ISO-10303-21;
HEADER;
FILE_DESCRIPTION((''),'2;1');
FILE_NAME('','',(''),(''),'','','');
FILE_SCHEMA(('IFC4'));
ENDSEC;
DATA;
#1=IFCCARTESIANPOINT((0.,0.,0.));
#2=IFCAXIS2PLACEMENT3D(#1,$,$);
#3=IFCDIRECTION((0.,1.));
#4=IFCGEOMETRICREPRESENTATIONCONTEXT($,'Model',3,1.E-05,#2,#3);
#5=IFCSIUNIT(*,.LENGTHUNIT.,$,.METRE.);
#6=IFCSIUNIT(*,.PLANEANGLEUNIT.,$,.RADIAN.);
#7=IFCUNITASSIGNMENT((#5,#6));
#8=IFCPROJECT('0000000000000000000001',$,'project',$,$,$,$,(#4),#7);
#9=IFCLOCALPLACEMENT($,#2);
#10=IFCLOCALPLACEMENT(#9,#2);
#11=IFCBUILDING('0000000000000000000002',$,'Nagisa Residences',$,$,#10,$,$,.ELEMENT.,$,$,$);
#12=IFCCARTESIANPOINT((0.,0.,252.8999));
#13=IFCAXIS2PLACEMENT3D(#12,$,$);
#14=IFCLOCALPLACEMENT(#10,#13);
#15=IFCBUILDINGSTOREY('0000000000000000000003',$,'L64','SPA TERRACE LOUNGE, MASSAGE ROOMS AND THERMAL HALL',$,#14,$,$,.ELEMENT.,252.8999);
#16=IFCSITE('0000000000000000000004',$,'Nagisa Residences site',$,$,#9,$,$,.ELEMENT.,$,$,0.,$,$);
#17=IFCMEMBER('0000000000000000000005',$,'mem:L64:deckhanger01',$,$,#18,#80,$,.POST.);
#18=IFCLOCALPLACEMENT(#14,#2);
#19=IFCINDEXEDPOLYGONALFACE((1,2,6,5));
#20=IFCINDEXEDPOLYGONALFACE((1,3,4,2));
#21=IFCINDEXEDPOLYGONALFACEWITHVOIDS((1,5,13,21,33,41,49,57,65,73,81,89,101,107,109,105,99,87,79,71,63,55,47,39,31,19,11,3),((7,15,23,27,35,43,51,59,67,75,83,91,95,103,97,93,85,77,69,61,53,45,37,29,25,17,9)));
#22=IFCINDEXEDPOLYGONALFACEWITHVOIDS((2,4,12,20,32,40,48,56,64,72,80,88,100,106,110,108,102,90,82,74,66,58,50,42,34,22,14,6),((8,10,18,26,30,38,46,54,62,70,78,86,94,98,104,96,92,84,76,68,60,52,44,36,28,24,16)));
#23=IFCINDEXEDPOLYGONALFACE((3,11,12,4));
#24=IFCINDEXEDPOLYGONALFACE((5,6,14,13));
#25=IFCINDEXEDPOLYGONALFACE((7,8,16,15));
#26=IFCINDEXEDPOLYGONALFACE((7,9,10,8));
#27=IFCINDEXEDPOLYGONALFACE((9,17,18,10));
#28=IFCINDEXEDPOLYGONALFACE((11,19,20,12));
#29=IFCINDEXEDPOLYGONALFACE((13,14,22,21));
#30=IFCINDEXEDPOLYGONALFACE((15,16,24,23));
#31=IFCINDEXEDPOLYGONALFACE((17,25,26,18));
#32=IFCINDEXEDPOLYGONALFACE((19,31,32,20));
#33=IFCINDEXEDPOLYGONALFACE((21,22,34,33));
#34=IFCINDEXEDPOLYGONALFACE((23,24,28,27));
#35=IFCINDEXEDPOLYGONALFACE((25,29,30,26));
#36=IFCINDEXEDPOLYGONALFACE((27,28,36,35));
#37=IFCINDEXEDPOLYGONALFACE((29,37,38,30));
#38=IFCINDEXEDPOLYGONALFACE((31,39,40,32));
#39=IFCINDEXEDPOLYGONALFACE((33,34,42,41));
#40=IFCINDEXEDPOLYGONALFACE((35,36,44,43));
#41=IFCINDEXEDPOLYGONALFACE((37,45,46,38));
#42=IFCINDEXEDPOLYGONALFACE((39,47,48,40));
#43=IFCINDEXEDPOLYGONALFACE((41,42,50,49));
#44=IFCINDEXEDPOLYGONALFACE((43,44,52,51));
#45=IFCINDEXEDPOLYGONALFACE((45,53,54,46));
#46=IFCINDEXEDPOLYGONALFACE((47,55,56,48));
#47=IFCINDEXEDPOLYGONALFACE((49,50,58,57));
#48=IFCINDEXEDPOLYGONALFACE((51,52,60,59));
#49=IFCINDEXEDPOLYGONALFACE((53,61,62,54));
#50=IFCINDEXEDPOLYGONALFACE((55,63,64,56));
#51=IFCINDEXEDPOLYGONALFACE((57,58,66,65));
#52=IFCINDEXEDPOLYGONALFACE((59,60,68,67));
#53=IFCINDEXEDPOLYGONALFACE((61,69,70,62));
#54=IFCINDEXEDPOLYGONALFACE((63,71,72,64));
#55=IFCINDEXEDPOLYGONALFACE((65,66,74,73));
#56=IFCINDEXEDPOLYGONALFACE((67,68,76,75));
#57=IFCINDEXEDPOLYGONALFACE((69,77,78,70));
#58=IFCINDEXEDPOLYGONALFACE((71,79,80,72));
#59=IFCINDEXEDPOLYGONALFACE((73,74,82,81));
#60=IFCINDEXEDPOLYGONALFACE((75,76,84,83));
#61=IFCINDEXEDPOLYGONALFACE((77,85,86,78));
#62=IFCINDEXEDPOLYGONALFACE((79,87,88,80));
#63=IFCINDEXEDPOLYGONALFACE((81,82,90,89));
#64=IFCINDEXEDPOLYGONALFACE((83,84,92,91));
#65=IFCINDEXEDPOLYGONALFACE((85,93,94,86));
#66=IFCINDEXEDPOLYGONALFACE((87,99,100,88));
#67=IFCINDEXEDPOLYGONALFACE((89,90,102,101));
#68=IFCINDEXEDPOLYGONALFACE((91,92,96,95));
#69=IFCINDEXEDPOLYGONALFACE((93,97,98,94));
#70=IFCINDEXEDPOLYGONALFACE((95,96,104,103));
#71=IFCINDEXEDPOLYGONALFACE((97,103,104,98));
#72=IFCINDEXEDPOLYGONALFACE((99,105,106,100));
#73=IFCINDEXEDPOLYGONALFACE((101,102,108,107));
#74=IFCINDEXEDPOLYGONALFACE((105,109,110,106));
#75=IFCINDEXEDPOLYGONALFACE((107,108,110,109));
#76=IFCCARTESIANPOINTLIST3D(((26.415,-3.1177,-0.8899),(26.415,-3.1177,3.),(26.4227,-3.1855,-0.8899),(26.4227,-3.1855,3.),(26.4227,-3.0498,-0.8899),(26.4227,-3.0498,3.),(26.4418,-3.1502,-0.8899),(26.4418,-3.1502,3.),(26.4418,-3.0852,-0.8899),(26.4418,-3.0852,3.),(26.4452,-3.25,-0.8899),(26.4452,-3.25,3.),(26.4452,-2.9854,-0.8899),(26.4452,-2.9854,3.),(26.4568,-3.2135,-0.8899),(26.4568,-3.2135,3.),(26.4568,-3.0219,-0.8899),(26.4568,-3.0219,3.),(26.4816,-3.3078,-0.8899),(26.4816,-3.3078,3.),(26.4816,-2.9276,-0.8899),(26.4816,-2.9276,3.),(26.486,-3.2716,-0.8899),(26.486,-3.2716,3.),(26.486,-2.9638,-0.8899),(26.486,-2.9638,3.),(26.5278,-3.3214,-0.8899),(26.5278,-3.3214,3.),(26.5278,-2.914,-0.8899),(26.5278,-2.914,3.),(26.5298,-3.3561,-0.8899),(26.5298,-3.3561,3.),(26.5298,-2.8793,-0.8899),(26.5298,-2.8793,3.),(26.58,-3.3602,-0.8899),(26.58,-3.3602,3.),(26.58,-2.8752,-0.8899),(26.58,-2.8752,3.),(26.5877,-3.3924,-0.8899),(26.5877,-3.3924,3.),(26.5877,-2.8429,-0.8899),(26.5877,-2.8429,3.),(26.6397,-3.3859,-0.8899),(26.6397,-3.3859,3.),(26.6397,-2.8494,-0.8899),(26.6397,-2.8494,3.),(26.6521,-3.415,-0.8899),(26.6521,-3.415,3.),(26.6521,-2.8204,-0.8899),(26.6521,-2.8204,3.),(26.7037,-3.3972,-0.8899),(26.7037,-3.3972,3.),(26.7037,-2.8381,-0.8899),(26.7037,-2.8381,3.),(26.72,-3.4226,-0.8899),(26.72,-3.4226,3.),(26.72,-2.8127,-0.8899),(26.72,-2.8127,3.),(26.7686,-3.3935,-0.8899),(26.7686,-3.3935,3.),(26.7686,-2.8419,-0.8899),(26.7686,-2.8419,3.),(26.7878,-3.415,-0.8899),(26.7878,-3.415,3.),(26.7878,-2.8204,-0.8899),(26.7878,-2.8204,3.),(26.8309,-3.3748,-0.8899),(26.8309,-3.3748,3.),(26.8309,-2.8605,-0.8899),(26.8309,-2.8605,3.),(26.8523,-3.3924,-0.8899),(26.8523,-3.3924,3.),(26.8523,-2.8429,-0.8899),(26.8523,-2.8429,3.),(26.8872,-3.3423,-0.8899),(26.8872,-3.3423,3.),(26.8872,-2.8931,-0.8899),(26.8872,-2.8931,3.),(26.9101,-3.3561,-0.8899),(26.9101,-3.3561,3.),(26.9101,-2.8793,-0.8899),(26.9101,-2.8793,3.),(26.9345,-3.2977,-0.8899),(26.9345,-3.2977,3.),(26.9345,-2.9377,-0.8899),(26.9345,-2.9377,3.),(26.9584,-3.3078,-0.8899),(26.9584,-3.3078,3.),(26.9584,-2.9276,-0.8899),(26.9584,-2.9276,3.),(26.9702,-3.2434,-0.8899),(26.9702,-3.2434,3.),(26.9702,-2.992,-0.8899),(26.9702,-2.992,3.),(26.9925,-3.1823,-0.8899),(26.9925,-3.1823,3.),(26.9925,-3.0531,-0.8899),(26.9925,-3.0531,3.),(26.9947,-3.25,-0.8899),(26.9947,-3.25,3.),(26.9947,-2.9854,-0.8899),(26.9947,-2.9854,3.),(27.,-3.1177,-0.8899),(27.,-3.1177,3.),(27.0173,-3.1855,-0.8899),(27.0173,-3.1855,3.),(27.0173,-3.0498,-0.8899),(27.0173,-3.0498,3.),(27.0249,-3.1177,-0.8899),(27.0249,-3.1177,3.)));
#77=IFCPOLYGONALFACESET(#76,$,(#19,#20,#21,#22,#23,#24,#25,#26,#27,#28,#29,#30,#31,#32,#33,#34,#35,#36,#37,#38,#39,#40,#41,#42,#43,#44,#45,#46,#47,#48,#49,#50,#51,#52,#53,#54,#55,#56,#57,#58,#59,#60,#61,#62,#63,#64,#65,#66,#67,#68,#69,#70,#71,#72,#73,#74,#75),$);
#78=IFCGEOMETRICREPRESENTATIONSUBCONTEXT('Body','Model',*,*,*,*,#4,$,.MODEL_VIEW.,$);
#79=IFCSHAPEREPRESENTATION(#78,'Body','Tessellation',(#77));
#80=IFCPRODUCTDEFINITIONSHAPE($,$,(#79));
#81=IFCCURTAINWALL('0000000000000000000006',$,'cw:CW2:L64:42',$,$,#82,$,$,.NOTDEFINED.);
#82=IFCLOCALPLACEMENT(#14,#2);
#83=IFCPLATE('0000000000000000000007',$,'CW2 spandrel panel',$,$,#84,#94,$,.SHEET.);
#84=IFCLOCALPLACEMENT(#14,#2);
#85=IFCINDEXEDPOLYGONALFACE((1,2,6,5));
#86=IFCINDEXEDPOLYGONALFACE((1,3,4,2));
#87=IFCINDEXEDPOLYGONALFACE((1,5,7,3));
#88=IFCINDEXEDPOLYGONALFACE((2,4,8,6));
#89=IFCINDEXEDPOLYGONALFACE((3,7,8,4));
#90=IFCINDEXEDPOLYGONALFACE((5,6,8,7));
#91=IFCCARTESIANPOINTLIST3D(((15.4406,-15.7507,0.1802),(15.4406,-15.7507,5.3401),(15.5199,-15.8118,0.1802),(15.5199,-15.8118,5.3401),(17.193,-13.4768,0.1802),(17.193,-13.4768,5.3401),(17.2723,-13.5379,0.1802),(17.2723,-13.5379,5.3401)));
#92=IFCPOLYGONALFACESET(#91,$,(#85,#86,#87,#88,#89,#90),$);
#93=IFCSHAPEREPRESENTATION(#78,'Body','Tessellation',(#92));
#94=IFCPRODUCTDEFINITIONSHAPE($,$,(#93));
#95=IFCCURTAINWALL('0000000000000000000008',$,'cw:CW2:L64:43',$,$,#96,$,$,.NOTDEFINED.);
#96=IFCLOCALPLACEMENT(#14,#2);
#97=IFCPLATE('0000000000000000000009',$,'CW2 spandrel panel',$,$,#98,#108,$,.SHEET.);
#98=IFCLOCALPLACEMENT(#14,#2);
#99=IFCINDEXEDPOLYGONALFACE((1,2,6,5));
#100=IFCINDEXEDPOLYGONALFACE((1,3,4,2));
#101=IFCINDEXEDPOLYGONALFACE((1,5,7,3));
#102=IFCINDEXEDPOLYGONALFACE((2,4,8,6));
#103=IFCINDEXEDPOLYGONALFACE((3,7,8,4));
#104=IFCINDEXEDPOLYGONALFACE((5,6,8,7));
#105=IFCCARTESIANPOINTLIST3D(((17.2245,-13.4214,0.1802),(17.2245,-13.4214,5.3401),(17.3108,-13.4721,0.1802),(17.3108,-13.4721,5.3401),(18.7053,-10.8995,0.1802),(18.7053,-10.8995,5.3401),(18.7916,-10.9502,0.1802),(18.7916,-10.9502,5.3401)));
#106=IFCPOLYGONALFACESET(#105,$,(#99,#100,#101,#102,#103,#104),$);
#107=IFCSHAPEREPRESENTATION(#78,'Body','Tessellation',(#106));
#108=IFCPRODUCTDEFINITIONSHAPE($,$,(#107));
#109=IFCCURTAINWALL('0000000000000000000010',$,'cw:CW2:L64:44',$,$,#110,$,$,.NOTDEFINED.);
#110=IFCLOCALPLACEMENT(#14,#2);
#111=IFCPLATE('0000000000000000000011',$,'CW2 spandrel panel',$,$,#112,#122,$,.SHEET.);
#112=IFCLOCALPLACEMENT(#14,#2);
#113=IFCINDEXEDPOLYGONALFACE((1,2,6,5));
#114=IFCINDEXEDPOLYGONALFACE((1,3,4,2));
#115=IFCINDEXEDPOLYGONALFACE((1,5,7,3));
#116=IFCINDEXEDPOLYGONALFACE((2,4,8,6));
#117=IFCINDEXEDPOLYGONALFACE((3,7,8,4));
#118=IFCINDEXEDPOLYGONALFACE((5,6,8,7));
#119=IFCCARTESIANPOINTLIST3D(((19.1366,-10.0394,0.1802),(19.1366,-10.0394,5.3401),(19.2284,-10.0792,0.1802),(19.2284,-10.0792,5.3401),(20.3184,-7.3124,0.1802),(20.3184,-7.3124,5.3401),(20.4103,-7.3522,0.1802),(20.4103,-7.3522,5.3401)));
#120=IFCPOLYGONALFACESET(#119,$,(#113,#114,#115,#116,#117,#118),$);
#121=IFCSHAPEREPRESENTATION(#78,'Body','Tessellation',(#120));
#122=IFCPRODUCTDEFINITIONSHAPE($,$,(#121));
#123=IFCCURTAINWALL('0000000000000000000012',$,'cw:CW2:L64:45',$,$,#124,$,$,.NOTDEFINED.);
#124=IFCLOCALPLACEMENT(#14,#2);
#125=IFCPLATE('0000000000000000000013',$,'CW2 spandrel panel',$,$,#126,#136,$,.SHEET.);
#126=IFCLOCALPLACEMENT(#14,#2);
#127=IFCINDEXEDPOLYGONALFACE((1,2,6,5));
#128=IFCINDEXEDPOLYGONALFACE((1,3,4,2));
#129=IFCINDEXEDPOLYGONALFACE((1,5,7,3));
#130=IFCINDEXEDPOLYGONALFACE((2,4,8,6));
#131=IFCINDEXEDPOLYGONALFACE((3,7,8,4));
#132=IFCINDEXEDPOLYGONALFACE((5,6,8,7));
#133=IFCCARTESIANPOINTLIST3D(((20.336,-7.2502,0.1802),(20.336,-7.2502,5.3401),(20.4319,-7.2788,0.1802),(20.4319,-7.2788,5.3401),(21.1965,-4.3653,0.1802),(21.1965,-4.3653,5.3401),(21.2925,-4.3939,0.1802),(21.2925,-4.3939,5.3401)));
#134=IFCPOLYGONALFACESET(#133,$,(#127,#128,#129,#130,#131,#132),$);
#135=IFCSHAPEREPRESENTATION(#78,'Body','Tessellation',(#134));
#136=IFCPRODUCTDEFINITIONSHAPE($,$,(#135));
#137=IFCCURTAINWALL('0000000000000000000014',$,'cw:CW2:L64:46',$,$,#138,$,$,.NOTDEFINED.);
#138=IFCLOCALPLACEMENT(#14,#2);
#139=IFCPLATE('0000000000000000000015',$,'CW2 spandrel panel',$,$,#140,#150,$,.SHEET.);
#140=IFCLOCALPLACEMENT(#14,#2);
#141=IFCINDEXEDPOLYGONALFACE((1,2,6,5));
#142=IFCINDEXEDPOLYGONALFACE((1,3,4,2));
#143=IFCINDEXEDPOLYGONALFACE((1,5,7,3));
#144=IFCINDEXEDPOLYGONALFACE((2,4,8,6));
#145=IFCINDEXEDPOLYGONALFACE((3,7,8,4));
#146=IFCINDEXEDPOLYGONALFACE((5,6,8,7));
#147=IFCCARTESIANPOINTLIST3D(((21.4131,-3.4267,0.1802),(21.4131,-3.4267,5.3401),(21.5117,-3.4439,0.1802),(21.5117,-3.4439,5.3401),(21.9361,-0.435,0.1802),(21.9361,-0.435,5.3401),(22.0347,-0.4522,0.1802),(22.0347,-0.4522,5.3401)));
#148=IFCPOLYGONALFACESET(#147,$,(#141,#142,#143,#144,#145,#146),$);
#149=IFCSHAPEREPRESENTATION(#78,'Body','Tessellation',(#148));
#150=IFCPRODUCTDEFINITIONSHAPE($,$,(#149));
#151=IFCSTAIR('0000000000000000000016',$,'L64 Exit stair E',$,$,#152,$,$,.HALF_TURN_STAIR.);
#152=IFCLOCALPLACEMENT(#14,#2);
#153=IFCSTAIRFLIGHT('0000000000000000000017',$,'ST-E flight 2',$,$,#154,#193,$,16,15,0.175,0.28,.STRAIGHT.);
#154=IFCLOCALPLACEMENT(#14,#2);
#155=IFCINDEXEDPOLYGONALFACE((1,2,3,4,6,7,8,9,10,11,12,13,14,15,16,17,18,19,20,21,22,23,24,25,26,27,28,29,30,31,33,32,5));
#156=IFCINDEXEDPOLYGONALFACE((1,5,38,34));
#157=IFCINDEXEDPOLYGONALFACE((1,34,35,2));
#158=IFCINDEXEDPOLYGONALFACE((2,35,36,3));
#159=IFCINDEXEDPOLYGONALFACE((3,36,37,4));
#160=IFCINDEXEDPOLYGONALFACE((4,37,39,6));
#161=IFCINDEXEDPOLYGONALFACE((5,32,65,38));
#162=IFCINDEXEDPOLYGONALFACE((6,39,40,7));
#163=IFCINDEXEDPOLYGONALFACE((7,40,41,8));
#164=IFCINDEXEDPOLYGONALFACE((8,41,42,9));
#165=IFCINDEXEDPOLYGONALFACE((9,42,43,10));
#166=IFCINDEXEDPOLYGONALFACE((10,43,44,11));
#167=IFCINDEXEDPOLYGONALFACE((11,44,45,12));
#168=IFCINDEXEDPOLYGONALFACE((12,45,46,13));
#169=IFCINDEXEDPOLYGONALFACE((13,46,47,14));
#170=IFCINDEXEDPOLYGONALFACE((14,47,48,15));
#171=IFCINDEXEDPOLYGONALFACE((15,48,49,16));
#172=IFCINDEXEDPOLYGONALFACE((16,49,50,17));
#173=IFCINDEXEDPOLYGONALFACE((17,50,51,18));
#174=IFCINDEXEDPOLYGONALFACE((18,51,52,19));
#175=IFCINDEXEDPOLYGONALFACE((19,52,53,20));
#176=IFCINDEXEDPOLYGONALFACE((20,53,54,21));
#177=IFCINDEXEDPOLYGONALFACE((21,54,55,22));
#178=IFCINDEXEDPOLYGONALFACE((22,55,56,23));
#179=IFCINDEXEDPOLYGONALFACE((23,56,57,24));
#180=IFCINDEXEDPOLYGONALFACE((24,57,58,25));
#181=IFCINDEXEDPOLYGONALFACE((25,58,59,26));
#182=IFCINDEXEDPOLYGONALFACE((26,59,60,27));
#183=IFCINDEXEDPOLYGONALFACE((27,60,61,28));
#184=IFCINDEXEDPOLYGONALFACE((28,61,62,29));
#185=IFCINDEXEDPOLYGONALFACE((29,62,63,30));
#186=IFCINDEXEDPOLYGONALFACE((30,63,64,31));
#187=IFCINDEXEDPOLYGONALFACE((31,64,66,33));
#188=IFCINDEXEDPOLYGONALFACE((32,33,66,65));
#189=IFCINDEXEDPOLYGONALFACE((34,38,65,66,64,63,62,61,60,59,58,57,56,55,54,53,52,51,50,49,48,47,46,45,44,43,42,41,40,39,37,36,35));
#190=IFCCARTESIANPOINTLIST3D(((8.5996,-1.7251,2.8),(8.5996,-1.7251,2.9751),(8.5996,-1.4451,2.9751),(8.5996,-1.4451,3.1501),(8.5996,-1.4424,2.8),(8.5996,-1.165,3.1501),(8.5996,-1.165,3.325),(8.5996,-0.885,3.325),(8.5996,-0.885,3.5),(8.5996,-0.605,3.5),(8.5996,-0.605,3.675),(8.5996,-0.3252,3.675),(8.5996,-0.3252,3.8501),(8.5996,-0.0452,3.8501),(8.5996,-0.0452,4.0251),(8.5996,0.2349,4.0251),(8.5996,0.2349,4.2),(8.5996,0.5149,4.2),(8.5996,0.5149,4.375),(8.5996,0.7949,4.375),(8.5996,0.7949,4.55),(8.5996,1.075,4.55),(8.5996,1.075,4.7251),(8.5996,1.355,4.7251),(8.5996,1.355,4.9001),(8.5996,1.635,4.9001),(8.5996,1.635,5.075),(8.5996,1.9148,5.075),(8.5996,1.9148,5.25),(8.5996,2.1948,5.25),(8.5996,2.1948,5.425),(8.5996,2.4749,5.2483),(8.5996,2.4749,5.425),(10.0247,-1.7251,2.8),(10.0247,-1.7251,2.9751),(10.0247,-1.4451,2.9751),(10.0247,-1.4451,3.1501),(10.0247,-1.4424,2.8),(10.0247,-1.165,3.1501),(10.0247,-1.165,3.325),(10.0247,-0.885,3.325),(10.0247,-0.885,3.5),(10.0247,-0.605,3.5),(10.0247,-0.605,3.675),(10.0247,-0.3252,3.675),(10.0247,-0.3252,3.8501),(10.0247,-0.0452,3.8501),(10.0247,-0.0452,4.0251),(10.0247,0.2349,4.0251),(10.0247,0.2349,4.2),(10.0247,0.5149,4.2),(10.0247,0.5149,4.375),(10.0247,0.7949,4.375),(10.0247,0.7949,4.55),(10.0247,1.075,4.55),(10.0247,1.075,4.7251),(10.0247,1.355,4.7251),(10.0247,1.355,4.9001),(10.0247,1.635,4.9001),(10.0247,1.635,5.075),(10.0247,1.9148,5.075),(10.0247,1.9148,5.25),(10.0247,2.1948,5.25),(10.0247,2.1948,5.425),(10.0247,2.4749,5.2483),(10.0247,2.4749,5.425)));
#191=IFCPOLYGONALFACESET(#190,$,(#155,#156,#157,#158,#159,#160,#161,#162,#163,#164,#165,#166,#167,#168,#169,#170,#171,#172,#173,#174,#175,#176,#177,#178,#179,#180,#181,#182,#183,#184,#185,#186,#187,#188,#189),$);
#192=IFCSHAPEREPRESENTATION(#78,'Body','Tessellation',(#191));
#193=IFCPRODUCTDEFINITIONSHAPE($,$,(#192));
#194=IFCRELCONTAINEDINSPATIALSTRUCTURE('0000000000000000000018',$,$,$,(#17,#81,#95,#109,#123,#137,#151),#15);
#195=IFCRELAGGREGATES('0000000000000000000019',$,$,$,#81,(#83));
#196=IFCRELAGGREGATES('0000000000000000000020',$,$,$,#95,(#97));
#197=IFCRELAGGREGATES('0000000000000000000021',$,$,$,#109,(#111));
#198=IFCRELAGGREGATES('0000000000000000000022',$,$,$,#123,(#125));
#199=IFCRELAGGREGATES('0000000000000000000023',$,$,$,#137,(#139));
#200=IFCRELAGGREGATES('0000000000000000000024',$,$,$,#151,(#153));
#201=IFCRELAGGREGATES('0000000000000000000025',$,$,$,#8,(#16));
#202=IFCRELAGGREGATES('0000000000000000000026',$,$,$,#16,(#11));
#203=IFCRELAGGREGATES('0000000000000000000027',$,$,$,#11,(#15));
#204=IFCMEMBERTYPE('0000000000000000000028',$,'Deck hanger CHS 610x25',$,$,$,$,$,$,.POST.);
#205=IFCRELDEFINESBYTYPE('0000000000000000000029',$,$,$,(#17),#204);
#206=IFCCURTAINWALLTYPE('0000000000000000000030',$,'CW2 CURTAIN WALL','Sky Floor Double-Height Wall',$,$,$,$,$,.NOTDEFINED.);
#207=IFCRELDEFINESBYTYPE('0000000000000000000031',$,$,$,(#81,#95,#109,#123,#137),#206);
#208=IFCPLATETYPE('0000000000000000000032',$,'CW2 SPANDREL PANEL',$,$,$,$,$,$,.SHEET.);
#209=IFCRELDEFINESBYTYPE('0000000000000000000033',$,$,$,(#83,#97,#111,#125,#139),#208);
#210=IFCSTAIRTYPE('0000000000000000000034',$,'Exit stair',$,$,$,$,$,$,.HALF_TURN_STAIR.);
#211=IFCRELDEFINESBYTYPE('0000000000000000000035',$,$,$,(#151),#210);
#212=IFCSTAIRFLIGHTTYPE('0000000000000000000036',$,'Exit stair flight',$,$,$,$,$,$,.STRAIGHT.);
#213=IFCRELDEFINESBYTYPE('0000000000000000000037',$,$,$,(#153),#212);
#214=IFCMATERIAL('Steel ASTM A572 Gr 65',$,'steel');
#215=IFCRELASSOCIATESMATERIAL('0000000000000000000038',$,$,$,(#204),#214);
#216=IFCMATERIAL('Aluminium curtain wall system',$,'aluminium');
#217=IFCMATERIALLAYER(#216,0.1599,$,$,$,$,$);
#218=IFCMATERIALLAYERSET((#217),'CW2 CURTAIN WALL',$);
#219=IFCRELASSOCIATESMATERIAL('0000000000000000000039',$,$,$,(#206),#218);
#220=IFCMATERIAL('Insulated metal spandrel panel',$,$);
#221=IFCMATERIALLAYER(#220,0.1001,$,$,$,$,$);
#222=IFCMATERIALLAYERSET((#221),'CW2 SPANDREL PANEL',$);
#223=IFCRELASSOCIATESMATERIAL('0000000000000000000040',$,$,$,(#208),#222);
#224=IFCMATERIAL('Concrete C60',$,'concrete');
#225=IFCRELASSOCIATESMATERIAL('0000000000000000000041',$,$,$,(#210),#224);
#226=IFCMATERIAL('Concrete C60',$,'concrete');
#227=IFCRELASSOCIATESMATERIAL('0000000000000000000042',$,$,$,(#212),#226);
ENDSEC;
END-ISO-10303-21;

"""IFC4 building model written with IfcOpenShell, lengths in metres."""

from ifc_helpers import new_model, si_unit, direction, frame, origin, origin_2d, place, context, subcontext, project, spatial, polyline, rectangle, hollow_circle, outline, extrude, material, layer, layer_set, material_profile, profile_set, type_object, element, aggregate, save


model = new_model("IFC4")

# Units and contexts
model_context = context("Model", 3, precision=1e-05, world=origin(), true_north=direction((0.0, 1.0)))
body_context = subcontext(model_context, "Body", "Model", "MODEL_VIEW")
ifc_project = project(units=[si_unit("LENGTHUNIT", "METRE"), si_unit("PLANEANGLEUNIT", "RADIAN")], contexts=[model_context])

# Site, building, storey
site_placement = place(None, origin())
site = spatial("IfcSite", under=ifc_project, at=site_placement, Name="Nagisa Residences site", CompositionType="ELEMENT", RefElevation=0.0)
building_placement = place(site_placement, origin())
building = spatial("IfcBuilding", under=site, at=building_placement, Name="Nagisa Residences", CompositionType="ELEMENT")
storey_placement = place(building_placement, frame((0.0, 0.0, 252.8999)))
storey = spatial("IfcBuildingStorey", under=building, at=storey_placement, Name="L64", Description="SPA TERRACE LOUNGE, MASSAGE ROOMS AND THERMAL HALL", CompositionType="ELEMENT", Elevation=252.8999)

# Member
ifc_material_1 = material(Name="Steel ASTM A572 Gr 65", Category="steel")
ifc_material_profile_1 = material_profile(ifc_material_1, hollow_circle(Radius=0.3049, WallThickness=0.0249, at=origin_2d()), Name="CHS 610x25")
ifc_profile_set_1 = profile_set([ifc_material_profile_1], Name="Steel ASTM A572 Gr 65")
member_type_1 = type_object("IfcMemberType", Name="Deck hanger CHS 610x25", PredefinedType="POST", material=ifc_profile_set_1)
member_1_placement = place(storey_placement, frame((26.72, -3.1177, 3.0), z_axis=(0.0, 0.0, -1.0), x_axis=(1.0, 0.0, 0.0)))
element("IfcMember", 1, at=member_1_placement, inside=storey, type_object=member_type_1, Name="mem:L64:deckhanger01", PredefinedType="POST", context=body_context, shape_type="SweptSolid", body=[
    extrude(hollow_circle(Radius=0.3049, WallThickness=0.0249, at=origin_2d()), origin(), (0.0, 0.0, 1.0), 3.8899),
])

# Curtain walls, plates
ifc_material_2 = material(Name="Aluminium curtain wall system", Category="aluminium")
ifc_layer_1 = layer(ifc_material_2, 0.1599)
ifc_layer_set_1 = layer_set([ifc_layer_1], Name="CW2 CURTAIN WALL")
curtain_wall_type = type_object("IfcCurtainWallType", Name="CW2 CURTAIN WALL", Description="Sky Floor Double-Height Wall", PredefinedType="NOTDEFINED", material=ifc_layer_set_1)
curtain_wall_1_placement = place(storey_placement, origin())
curtain_wall_1 = element("IfcCurtainWall", 2, at=curtain_wall_1_placement, inside=storey, type_object=curtain_wall_type, Name="cw:CW2:L64:42", PredefinedType="NOTDEFINED")
ifc_material_3 = material(Name="Insulated metal spandrel panel")
ifc_layer_2 = layer(ifc_material_3, 0.1001)
ifc_layer_set_2 = layer_set([ifc_layer_2], Name="CW2 SPANDREL PANEL")
plate_type = type_object("IfcPlateType", Name="CW2 SPANDREL PANEL", PredefinedType="SHEET", material=ifc_layer_set_2)
plate_1_placement = place(storey_placement, frame((16.3564, -14.6443, 0.1802), z_axis=(0.0, 0.0, 1.0), x_axis=(0.61043, 0.79207, 0.0)))
plate_1 = element("IfcPlate", 3, at=plate_1_placement, type_object=plate_type, Name="CW2 spandrel panel", PredefinedType="SHEET", context=body_context, shape_type="SweptSolid", body=[
    extrude(rectangle(XDim=2.8708, YDim=0.1001, at=origin_2d()), origin(), (0.0, 0.0, 1.0), 5.1599),
])
aggregate(curtain_wall_1, [plate_1])
curtain_wall_2_placement = place(storey_placement, origin())
curtain_wall_2 = element("IfcCurtainWall", 4, at=curtain_wall_2_placement, inside=storey, type_object=curtain_wall_type, Name="cw:CW2:L64:43", PredefinedType="NOTDEFINED")
plate_2_placement = place(storey_placement, frame((18.0081, -12.1858, 0.1802), z_axis=(0.0, 0.0, 1.0), x_axis=(0.506349, 0.862329, 0.0)))
plate_2 = element("IfcPlate", 5, at=plate_2_placement, type_object=plate_type, Name="CW2 spandrel panel", PredefinedType="SHEET", context=body_context, shape_type="SweptSolid", body=[
    extrude(rectangle(XDim=2.9246, YDim=0.1001, at=origin_2d()), origin(), (0.0, 0.0, 1.0), 5.1599),
])
aggregate(curtain_wall_2, [plate_2])
curtain_wall_3_placement = place(storey_placement, origin())
curtain_wall_3 = element("IfcCurtainWall", 6, at=curtain_wall_3_placement, inside=storey, type_object=curtain_wall_type, Name="cw:CW2:L64:44", PredefinedType="NOTDEFINED")
plate_3_placement = place(storey_placement, frame((19.7734, -8.6958, 0.1802), z_axis=(0.0, 0.0, 1.0), x_axis=(0.397636, 0.917543, 0.0)))
plate_3 = element("IfcPlate", 7, at=plate_3_placement, type_object=plate_type, Name="CW2 spandrel panel", PredefinedType="SHEET", context=body_context, shape_type="SweptSolid", body=[
    extrude(rectangle(XDim=2.9722, YDim=0.1001, at=origin_2d()), origin(), (0.0, 0.0, 1.0), 5.1599),
])
aggregate(curtain_wall_3, [plate_3])
curtain_wall_4_placement = place(storey_placement, origin())
curtain_wall_4 = element("IfcCurtainWall", 8, at=curtain_wall_4_placement, inside=storey, type_object=curtain_wall_type, Name="cw:CW2:L64:45", PredefinedType="NOTDEFINED")
plate_4_placement = place(storey_placement, frame((20.8142, -5.822, 0.1802), z_axis=(0.0, 0.0, 1.0), x_axis=(0.28586, 0.958271, 0.0)))
plate_4 = element("IfcPlate", 9, at=plate_4_placement, type_object=plate_type, Name="CW2 spandrel panel", PredefinedType="SHEET", context=body_context, shape_type="SweptSolid", body=[
    extrude(rectangle(XDim=3.0105, YDim=0.1001, at=origin_2d()), origin(), (0.0, 0.0, 1.0), 5.1599),
])
aggregate(curtain_wall_4, [plate_4])
curtain_wall_5_placement = place(storey_placement, origin())
curtain_wall_5 = element("IfcCurtainWall", 10, at=curtain_wall_5_placement, inside=storey, type_object=curtain_wall_type, Name="cw:CW2:L64:46", PredefinedType="NOTDEFINED")
plate_5_placement = place(storey_placement, frame((21.7239, -1.9395, 0.1802), z_axis=(0.0, 0.0, 1.0), x_axis=(0.172191, 0.985064, 0.0)))
plate_5 = element("IfcPlate", 11, at=plate_5_placement, type_object=plate_type, Name="CW2 spandrel panel", PredefinedType="SHEET", context=body_context, shape_type="SweptSolid", body=[
    extrude(rectangle(XDim=3.0371, YDim=0.1001, at=origin_2d()), origin(), (0.0, 0.0, 1.0), 5.1599),
])
aggregate(curtain_wall_5, [plate_5])

# Stair, stair flight
ifc_material_4 = material(Name="Concrete C60", Category="concrete")
stair_type = type_object("IfcStairType", Name="Exit stair", PredefinedType="HALF_TURN_STAIR", material=ifc_material_4)
stair_1_placement = place(storey_placement, origin())
stair_1 = element("IfcStair", 12, at=stair_1_placement, inside=storey, type_object=stair_type, Name="L64 Exit stair E", PredefinedType="HALF_TURN_STAIR")
ifc_material_5 = material(Name="Concrete C60", Category="concrete")
stair_flight_type = type_object("IfcStairFlightType", Name="Exit stair flight", PredefinedType="STRAIGHT", material=ifc_material_5)
stair_flight_1_placement = place(storey_placement, frame((9.312, -1.7251, 2.8), z_axis=(0.0, 0.0, 1.0), x_axis=(0.0, 1.0, 0.0)))
stair_flight_1 = element("IfcStairFlight", 13, at=stair_flight_1_placement, type_object=stair_flight_type, Name="ST-E flight 2", NumberOfRisers=16, NumberOfTreads=15, PredefinedType="STRAIGHT", RiserHeight=0.175, TreadLength=0.28, context=body_context, shape_type="SweptSolid", body=[
    extrude(outline(polyline([(0.0, 0.0), (0.0, 0.175), (0.28, 0.175), (0.28, 0.3501), (0.5601, 0.3501), (0.5601, 0.5249), (0.8401, 0.5249), (0.8401, 0.7), (1.1201, 0.7), (1.1201, 0.875), (1.3999, 0.875), (1.3999, 1.05), (1.6799, 1.05), (1.6799, 1.2251), (1.96, 1.2251), (1.96, 1.3999), (2.24, 1.3999), (2.24, 1.575), (2.52, 1.575), (2.52, 1.75), (2.8, 1.75), (2.8, 1.925), (3.0801, 1.925), (3.0801, 2.1001), (3.3601, 2.1001), (3.3601, 2.2749), (3.6399, 2.2749), (3.6399, 2.45), (3.9199, 2.45), (3.9199, 2.625), (4.2, 2.625), (4.2, 2.8), (4.2, 2.4482), (0.2827, 0.0), (0.0, 0.0)])), frame((0.0, 0.7124, 0.0), z_axis=(0.0, -1.0, 0.0), x_axis=(1.0, 0.0, 0.0)), (0.0, 0.0, 1.0), 1.425),
])
aggregate(stair_1, [stair_flight_1])

save(model, "model.ifc")
